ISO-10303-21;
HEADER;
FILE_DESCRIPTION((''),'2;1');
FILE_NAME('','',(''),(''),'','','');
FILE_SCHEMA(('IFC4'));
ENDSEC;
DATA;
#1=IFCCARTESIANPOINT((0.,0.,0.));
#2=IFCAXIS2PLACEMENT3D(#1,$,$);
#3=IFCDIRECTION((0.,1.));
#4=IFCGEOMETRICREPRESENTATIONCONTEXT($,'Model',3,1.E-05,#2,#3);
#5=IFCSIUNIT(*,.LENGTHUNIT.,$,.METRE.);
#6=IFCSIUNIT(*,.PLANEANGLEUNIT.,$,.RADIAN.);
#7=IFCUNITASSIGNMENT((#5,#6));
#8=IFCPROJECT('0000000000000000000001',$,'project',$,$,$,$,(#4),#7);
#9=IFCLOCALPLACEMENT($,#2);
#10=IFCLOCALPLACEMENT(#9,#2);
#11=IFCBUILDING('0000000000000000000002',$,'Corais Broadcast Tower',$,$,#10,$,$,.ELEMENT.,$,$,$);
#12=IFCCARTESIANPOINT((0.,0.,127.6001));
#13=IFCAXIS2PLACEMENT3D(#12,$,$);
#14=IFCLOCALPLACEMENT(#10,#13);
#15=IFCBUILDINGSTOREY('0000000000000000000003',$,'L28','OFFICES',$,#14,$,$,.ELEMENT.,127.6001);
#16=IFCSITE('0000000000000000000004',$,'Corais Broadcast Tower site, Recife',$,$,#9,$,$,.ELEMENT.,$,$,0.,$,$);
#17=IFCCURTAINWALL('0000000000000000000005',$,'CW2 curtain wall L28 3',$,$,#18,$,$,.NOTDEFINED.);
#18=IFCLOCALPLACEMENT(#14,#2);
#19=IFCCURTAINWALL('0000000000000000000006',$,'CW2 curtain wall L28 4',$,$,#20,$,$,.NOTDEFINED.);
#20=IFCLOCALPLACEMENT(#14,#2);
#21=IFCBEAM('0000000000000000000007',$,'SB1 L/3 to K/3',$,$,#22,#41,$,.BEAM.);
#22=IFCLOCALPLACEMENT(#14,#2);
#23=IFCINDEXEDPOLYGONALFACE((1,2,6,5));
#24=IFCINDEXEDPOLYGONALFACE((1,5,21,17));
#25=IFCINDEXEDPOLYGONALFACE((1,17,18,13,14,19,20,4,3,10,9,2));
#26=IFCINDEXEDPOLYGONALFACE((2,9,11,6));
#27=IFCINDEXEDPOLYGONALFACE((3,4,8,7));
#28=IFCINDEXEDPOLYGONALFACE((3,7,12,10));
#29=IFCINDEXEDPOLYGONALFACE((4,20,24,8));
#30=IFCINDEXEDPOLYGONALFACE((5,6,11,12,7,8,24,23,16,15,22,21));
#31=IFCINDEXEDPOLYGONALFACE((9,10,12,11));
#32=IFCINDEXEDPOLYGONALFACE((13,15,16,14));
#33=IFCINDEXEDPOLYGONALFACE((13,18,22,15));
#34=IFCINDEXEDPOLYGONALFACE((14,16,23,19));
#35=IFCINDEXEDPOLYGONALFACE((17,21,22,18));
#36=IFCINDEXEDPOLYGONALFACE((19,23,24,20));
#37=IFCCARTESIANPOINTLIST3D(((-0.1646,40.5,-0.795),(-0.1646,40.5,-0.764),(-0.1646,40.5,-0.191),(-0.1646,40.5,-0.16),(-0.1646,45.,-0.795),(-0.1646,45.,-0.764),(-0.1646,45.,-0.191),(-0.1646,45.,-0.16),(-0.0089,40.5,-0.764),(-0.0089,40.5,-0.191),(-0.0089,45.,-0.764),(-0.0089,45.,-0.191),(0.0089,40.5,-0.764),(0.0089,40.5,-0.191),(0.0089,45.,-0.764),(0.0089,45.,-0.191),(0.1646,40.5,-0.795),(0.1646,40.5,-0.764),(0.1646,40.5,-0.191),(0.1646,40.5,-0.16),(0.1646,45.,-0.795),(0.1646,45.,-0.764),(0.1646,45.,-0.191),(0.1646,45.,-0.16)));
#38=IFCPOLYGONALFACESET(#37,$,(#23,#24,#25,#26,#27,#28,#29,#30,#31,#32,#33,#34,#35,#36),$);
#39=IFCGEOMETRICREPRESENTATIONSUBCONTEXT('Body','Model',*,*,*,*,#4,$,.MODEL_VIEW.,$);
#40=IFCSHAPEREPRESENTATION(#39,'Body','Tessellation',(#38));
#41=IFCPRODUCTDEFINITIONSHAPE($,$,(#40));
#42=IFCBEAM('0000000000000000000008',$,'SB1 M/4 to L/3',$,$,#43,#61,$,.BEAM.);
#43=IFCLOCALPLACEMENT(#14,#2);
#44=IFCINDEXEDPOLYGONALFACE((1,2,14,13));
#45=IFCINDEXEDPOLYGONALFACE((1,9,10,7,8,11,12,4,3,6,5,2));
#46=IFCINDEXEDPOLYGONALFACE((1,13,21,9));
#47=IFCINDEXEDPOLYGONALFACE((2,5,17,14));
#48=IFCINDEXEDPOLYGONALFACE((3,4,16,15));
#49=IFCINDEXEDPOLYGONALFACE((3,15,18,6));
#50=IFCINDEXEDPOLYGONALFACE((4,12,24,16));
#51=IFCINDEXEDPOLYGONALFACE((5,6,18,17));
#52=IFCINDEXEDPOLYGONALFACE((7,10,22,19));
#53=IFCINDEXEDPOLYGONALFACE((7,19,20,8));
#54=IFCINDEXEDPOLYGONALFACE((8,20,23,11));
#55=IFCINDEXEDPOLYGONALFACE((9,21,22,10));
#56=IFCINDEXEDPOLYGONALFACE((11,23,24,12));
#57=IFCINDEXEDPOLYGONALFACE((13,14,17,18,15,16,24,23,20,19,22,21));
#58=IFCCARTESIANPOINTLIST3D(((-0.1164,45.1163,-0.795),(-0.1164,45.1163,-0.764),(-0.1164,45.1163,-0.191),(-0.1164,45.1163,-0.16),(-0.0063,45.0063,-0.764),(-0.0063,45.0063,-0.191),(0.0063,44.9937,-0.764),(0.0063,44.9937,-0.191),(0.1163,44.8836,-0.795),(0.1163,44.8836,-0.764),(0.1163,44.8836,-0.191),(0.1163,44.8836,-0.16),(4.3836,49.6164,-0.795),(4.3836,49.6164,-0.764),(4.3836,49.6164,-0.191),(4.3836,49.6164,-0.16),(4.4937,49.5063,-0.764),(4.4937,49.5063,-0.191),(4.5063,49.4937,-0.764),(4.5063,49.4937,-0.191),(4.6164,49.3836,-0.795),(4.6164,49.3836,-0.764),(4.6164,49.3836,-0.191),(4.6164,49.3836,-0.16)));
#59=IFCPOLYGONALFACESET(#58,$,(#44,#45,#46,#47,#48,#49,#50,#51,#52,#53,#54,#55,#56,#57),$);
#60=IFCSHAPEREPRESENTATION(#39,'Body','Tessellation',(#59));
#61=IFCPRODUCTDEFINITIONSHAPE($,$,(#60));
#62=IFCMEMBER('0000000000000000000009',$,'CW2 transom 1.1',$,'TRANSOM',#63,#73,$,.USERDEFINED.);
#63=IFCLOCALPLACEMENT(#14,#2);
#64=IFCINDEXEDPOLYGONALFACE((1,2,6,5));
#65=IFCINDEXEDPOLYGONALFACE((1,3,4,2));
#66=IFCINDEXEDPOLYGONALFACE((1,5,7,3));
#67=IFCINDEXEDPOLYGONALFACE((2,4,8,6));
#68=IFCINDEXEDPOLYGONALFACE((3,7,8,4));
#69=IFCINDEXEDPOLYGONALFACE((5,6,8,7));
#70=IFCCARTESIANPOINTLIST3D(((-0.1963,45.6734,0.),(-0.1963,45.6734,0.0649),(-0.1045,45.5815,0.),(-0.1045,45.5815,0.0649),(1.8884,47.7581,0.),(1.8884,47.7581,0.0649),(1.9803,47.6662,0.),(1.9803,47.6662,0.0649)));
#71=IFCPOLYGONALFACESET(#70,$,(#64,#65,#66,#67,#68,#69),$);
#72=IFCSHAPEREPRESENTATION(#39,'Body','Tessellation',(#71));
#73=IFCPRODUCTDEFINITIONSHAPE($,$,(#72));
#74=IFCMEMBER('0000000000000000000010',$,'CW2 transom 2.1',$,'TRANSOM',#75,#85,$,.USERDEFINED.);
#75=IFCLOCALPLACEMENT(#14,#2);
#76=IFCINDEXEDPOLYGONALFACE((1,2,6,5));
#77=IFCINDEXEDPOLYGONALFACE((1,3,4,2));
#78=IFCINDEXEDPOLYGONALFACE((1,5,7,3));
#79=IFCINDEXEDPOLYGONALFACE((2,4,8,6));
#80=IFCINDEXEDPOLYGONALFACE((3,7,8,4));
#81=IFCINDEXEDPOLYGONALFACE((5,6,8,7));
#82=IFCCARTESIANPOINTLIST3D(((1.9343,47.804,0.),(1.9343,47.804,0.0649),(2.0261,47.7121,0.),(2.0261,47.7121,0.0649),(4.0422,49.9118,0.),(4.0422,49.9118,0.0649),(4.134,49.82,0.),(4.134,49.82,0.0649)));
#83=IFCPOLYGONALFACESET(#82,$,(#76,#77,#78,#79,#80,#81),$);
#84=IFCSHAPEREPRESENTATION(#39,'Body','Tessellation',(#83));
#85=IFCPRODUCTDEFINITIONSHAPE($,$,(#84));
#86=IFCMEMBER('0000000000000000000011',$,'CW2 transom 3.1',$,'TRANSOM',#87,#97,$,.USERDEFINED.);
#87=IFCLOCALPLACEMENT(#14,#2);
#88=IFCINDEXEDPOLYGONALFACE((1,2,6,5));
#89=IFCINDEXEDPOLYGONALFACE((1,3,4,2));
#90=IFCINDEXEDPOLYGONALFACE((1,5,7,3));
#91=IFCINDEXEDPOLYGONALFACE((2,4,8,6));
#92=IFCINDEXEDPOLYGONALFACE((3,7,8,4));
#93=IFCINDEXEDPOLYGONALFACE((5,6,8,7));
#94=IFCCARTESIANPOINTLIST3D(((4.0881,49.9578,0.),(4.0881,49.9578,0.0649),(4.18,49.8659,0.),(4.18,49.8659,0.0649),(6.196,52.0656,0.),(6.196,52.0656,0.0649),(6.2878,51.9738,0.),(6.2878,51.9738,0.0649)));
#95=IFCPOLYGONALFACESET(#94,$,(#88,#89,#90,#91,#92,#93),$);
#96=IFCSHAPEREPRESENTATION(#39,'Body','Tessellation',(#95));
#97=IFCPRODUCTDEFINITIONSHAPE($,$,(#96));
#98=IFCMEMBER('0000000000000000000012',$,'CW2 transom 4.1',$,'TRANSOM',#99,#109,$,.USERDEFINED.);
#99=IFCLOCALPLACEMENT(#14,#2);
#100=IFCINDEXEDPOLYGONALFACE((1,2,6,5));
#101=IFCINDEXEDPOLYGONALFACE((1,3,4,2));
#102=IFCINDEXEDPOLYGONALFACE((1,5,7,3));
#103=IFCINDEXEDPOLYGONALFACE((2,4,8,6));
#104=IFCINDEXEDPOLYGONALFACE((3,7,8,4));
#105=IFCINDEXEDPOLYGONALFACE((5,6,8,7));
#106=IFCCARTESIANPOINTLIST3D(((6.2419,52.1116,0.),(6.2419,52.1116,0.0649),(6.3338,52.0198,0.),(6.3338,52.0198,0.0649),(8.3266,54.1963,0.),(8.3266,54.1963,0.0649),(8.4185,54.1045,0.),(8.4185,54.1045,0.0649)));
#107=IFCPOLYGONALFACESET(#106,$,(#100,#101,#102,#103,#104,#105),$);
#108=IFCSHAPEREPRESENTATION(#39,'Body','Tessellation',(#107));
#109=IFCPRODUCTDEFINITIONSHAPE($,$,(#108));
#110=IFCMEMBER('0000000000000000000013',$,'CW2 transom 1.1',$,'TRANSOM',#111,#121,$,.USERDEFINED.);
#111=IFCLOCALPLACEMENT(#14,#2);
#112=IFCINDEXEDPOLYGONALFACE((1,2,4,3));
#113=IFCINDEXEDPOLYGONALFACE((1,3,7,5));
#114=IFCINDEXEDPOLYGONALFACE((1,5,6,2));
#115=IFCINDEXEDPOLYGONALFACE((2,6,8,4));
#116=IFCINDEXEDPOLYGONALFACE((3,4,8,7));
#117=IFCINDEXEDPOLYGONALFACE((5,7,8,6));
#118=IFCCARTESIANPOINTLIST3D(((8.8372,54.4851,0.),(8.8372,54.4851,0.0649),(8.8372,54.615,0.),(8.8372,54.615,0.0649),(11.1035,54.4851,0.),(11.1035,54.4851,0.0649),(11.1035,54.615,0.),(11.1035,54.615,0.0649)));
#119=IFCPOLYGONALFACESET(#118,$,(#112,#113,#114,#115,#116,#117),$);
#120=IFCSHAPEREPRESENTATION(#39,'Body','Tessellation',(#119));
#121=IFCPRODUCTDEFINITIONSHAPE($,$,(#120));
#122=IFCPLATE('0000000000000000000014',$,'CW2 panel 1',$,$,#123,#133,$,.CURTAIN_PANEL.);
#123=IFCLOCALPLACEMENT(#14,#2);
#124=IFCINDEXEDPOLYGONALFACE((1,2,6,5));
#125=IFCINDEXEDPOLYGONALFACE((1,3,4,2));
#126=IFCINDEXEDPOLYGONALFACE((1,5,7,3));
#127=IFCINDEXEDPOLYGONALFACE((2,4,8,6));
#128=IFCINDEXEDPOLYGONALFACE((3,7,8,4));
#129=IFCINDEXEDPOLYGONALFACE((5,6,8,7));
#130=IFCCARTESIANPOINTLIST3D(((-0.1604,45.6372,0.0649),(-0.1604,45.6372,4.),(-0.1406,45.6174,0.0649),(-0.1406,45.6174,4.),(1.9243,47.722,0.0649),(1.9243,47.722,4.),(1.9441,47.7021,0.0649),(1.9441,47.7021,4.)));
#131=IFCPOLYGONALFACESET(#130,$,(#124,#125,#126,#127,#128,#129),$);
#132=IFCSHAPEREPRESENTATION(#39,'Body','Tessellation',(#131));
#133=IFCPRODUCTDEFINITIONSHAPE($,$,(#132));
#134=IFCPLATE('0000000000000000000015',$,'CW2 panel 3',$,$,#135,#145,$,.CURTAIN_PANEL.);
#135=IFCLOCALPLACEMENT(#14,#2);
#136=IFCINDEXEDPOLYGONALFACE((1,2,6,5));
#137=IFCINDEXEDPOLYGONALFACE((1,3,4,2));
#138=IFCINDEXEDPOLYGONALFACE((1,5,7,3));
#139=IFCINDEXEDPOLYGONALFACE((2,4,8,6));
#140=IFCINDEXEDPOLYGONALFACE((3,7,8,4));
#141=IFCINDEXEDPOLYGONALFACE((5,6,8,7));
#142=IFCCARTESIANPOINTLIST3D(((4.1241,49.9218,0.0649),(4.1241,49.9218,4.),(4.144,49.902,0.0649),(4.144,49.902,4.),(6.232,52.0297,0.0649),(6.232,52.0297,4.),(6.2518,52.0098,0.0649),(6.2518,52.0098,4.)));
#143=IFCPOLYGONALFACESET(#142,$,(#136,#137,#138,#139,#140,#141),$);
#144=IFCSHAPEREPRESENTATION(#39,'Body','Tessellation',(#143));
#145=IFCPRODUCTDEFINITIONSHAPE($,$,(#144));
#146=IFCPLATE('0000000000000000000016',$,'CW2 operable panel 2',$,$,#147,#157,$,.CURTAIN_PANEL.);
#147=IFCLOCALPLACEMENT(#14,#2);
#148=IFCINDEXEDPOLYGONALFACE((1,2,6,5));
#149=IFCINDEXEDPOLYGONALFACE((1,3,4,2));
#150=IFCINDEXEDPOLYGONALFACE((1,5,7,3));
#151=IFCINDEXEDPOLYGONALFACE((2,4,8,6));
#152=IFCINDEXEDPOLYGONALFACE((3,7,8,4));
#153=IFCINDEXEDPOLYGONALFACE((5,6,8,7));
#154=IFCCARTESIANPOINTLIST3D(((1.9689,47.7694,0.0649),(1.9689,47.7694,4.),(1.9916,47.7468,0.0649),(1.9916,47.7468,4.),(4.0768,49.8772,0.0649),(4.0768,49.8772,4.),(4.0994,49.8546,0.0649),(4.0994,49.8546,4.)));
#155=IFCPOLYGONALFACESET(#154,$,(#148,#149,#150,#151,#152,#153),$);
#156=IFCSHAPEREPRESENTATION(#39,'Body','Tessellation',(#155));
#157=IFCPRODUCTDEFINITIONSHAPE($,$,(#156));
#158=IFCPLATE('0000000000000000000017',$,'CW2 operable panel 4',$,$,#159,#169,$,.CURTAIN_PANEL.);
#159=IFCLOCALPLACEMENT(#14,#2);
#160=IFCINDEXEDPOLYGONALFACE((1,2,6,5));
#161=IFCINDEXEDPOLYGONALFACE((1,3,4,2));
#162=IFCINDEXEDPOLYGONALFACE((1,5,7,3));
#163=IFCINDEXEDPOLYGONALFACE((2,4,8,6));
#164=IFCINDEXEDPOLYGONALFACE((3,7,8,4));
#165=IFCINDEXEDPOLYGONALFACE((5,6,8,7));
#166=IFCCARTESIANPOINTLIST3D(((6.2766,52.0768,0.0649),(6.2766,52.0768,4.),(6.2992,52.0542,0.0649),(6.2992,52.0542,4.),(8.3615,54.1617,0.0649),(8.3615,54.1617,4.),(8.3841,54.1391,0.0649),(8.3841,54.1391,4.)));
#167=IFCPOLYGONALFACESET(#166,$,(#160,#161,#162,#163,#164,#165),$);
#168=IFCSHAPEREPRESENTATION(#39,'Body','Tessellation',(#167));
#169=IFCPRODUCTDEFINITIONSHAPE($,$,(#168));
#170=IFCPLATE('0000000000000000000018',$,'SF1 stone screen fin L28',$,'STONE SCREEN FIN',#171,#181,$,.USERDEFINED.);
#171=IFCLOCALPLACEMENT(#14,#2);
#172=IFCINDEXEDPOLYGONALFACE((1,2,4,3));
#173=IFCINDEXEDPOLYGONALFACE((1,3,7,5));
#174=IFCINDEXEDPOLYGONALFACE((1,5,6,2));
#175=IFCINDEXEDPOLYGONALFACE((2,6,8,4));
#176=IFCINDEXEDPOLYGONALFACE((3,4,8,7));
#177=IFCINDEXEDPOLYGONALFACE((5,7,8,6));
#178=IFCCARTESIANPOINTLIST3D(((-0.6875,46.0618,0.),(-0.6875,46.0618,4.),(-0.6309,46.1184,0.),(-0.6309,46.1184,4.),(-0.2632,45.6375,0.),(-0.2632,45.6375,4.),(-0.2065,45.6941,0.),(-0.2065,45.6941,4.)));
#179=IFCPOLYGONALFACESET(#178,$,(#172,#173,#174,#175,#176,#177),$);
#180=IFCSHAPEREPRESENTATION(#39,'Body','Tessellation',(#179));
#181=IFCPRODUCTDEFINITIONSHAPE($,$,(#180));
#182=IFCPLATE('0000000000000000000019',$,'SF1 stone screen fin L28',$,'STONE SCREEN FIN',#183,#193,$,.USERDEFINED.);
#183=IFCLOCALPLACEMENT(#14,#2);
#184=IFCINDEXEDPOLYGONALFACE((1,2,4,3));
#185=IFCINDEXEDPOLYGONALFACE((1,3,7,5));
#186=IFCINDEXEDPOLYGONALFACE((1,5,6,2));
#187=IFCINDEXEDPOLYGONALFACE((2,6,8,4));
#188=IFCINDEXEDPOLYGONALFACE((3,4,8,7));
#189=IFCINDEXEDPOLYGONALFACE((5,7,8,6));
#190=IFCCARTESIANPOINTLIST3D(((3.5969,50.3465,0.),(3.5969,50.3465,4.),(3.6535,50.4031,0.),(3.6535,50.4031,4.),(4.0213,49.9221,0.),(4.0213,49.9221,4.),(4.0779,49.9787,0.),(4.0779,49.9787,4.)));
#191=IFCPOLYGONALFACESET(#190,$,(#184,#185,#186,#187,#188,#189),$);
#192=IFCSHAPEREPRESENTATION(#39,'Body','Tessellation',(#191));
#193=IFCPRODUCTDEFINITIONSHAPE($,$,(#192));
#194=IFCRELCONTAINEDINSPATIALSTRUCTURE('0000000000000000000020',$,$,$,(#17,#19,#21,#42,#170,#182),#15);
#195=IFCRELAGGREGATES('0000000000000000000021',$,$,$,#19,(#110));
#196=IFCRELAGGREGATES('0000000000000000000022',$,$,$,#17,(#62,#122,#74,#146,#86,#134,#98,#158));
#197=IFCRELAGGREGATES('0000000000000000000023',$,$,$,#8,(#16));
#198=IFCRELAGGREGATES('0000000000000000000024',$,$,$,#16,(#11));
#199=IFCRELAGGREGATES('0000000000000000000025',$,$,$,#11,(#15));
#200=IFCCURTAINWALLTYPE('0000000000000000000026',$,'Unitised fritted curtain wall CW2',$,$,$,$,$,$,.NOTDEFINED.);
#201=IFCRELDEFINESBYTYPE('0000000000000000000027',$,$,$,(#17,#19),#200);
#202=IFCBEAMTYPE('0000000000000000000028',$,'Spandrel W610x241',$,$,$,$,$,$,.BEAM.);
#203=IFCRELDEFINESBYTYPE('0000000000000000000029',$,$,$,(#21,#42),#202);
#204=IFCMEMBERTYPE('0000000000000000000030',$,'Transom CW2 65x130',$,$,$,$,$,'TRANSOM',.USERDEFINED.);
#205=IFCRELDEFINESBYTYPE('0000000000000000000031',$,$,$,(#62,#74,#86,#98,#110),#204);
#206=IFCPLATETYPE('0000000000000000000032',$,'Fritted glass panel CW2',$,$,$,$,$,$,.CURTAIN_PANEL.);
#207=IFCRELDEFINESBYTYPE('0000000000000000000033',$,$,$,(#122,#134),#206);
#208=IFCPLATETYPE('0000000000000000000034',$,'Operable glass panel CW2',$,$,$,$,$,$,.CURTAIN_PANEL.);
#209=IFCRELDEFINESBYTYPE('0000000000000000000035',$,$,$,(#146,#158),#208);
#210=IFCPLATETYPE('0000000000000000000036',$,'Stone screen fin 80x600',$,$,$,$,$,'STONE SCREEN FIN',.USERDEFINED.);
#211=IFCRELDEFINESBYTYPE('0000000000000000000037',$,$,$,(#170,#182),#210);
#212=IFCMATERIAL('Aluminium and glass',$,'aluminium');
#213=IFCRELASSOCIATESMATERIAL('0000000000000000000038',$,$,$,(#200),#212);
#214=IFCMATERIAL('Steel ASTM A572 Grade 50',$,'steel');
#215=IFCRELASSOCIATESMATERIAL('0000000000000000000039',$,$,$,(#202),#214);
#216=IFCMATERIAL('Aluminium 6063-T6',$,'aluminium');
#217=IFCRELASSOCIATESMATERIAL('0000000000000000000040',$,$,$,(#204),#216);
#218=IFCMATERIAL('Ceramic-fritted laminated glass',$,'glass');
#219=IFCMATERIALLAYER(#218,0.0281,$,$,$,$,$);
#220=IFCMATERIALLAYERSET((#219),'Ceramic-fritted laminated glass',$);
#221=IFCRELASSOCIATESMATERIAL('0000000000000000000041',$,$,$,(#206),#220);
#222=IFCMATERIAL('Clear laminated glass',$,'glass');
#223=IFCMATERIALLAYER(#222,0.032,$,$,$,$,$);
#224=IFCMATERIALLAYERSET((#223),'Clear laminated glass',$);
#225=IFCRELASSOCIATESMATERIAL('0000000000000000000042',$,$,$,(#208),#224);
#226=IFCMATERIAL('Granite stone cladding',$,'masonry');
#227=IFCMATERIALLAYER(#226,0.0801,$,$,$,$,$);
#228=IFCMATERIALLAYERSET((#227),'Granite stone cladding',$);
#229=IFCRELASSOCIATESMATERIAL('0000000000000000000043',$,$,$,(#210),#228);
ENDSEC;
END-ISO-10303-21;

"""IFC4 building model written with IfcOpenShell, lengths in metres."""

from ifc_helpers import new_model, si_unit, direction, frame, origin, origin_2d, place, context, subcontext, project, spatial, rectangle, i_section, extrude, material, layer, layer_set, material_profile, profile_set, type_object, element, aggregate, save


model = new_model("IFC4")

# Units and contexts
model_context = context("Model", 3, precision=1e-05, world=origin(), true_north=direction((0.0, 1.0)))
body_context = subcontext(model_context, "Body", "Model", "MODEL_VIEW")
ifc_project = project(units=[si_unit("LENGTHUNIT", "METRE"), si_unit("PLANEANGLEUNIT", "RADIAN")], contexts=[model_context])

# Site, building, storey
site_placement = place(None, origin())
site = spatial("IfcSite", under=ifc_project, at=site_placement, Name="Corais Broadcast Tower site, Recife", CompositionType="ELEMENT", RefElevation=0.0)
building_placement = place(site_placement, origin())
building = spatial("IfcBuilding", under=site, at=building_placement, Name="Corais Broadcast Tower", CompositionType="ELEMENT")
storey_placement = place(building_placement, frame((0.0, 0.0, 127.6001)))
storey = spatial("IfcBuildingStorey", under=building, at=storey_placement, Name="L28", Description="OFFICES", CompositionType="ELEMENT", Elevation=127.6001)

# Shared definitions
ifc_material_1 = material(Name="Aluminium and glass", Category="aluminium")
curtain_wall_type = type_object("IfcCurtainWallType", Name="Unitised fritted curtain wall CW2", PredefinedType="NOTDEFINED", material=ifc_material_1)

# Curtain wall
curtain_wall_1_placement = place(storey_placement, origin())
curtain_wall_1 = element("IfcCurtainWall", 1, at=curtain_wall_1_placement, inside=storey, type_object=curtain_wall_type, Name="CW2 curtain wall L28 3", PredefinedType="NOTDEFINED")

# Curtain wall
curtain_wall_2_placement = place(storey_placement, origin())
curtain_wall_2 = element("IfcCurtainWall", 2, at=curtain_wall_2_placement, inside=storey, type_object=curtain_wall_type, Name="CW2 curtain wall L28 4", PredefinedType="NOTDEFINED")

# Beams
ifc_material_2 = material(Name="Steel ASTM A572 Grade 50", Category="steel")
ifc_material_profile_1 = material_profile(ifc_material_2, i_section(OverallWidth=0.3291, OverallDepth=0.635, WebThickness=0.0178, FlangeThickness=0.031, at=origin_2d()), Name="W610x241")
ifc_profile_set_1 = profile_set([ifc_material_profile_1], Name="Steel ASTM A572 Grade 50")
beam_type_1 = type_object("IfcBeamType", Name="Spandrel W610x241", PredefinedType="BEAM", material=ifc_profile_set_1)
beam_1_placement = place(storey_placement, frame((0.0, 45.0, -0.4775), z_axis=(0.0, -1.0, 0.0), x_axis=(1.0, 0.0, 0.0)))
element("IfcBeam", 3, at=beam_1_placement, inside=storey, type_object=beam_type_1, Name="SB1 L/3 to K/3", PredefinedType="BEAM", context=body_context, shape_type="SweptSolid", body=[
    extrude(i_section(OverallWidth=0.3291, OverallDepth=0.635, WebThickness=0.0178, FlangeThickness=0.031, at=origin_2d()), origin(), (0.0, 0.0, 1.0), 4.5),
])
beam_2_placement = place(storey_placement, frame((4.5, 49.5, -0.4775), z_axis=(-0.707107, -0.707107, 0.0), x_axis=(0.707107, -0.707107, 0.0)))
element("IfcBeam", 4, at=beam_2_placement, inside=storey, type_object=beam_type_1, Name="SB1 M/4 to L/3", PredefinedType="BEAM", context=body_context, shape_type="SweptSolid", body=[
    extrude(i_section(OverallWidth=0.3291, OverallDepth=0.635, WebThickness=0.0178, FlangeThickness=0.031, at=origin_2d()), origin(), (0.0, 0.0, 1.0), 6.364),
])

# Members
ifc_material_3 = material(Name="Aluminium 6063-T6", Category="aluminium")
ifc_material_profile_2 = material_profile(ifc_material_3, rectangle(XDim=0.1299, YDim=0.0649, at=origin_2d()), Name="Transom CW2 65x130")
ifc_profile_set_2 = profile_set([ifc_material_profile_2], Name="Aluminium 6063-T6")
member_type_1 = type_object("IfcMemberType", Name="Transom CW2 65x130", ElementType="TRANSOM", PredefinedType="USERDEFINED", material=ifc_profile_set_2)
member_1_placement = place(storey_placement, frame((-0.1504, 45.6274, 0.0325), z_axis=(0.707107, 0.707107, 0.0), x_axis=(-0.707107, 0.707107, 0.0)))
member_1 = element("IfcMember", 5, at=member_1_placement, type_object=member_type_1, Name="CW2 transom 1.1", ObjectType="TRANSOM", PredefinedType="USERDEFINED", context=body_context, shape_type="SweptSolid", body=[
    extrude(rectangle(XDim=0.1299, YDim=0.0649, at=origin_2d()), origin(), (0.0, 0.0, 1.0), 2.9482),
])
member_2_placement = place(storey_placement, frame((1.9802, 47.7581, 0.0325), z_axis=(0.707107, 0.707107, 0.0), x_axis=(-0.707107, 0.707107, 0.0)))
member_2 = element("IfcMember", 6, at=member_2_placement, type_object=member_type_1, Name="CW2 transom 2.1", ObjectType="TRANSOM", PredefinedType="USERDEFINED", context=body_context, shape_type="SweptSolid", body=[
    extrude(rectangle(XDim=0.1299, YDim=0.0649, at=origin_2d()), origin(), (0.0, 0.0, 1.0), 2.981),
])
member_3_placement = place(storey_placement, frame((4.134, 49.9119, 0.0325), z_axis=(0.707107, 0.707107, 0.0), x_axis=(-0.707107, 0.707107, 0.0)))
member_3 = element("IfcMember", 7, at=member_3_placement, type_object=member_type_1, Name="CW2 transom 3.1", ObjectType="TRANSOM", PredefinedType="USERDEFINED", context=body_context, shape_type="SweptSolid", body=[
    extrude(rectangle(XDim=0.1299, YDim=0.0649, at=origin_2d()), origin(), (0.0, 0.0, 1.0), 2.981),
])
member_4_placement = place(storey_placement, frame((6.2878, 52.0657, 0.0325), z_axis=(0.707107, 0.707107, 0.0), x_axis=(-0.707107, 0.707107, 0.0)))
member_4 = element("IfcMember", 8, at=member_4_placement, type_object=member_type_1, Name="CW2 transom 4.1", ObjectType="TRANSOM", PredefinedType="USERDEFINED", context=body_context, shape_type="SweptSolid", body=[
    extrude(rectangle(XDim=0.1299, YDim=0.0649, at=origin_2d()), origin(), (0.0, 0.0, 1.0), 2.9482),
])
member_5_placement = place(storey_placement, frame((8.8372, 54.55, 0.0325), z_axis=(1.0, 0.0, 0.0), x_axis=(0.0, 1.0, 0.0)))
member_5 = element("IfcMember", 9, at=member_5_placement, type_object=member_type_1, Name="CW2 transom 1.1", ObjectType="TRANSOM", PredefinedType="USERDEFINED", context=body_context, shape_type="SweptSolid", body=[
    extrude(rectangle(XDim=0.1299, YDim=0.0649, at=origin_2d()), origin(), (0.0, 0.0, 1.0), 2.2664),
])
aggregate(curtain_wall_2, [member_5])

# Plates
ifc_material_4 = material(Name="Ceramic-fritted laminated glass", Category="glass")
ifc_layer_1 = layer(ifc_material_4, 0.0281)
ifc_layer_set_1 = layer_set([ifc_layer_1], Name="Ceramic-fritted laminated glass")
plate_type_1 = type_object("IfcPlateType", Name="Fritted glass panel CW2", PredefinedType="CURTAIN_PANEL", material=ifc_layer_set_1)
plate_1_placement = place(storey_placement, frame((0.8918, 46.6697, 0.0649), z_axis=(0.0, 0.0, 1.0), x_axis=(0.707107, 0.707107, 0.0)))
plate_1 = element("IfcPlate", 10, at=plate_1_placement, type_object=plate_type_1, Name="CW2 panel 1", PredefinedType="CURTAIN_PANEL", context=body_context, shape_type="SweptSolid", body=[
    extrude(rectangle(XDim=2.9482, YDim=0.0281, at=origin_2d()), origin(), (0.0, 0.0, 1.0), 3.9351),
])
plate_2_placement = place(storey_placement, frame((5.188, 50.9658, 0.0649), z_axis=(0.0, 0.0, 1.0), x_axis=(0.707107, 0.707107, 0.0)))
plate_2 = element("IfcPlate", 11, at=plate_2_placement, type_object=plate_type_1, Name="CW2 panel 3", PredefinedType="CURTAIN_PANEL", context=body_context, shape_type="SweptSolid", body=[
    extrude(rectangle(XDim=2.981, YDim=0.0281, at=origin_2d()), origin(), (0.0, 0.0, 1.0), 3.9351),
])
ifc_material_5 = material(Name="Clear laminated glass", Category="glass")
ifc_layer_2 = layer(ifc_material_5, 0.032)
ifc_layer_set_2 = layer_set([ifc_layer_2], Name="Clear laminated glass")
plate_type_2 = type_object("IfcPlateType", Name="Operable glass panel CW2", PredefinedType="CURTAIN_PANEL", material=ifc_layer_set_2)
plate_3_placement = place(storey_placement, frame((3.0342, 48.812, 0.0649), z_axis=(0.0, 0.0, 1.0), x_axis=(0.707107, 0.707107, 0.0)))
plate_3 = element("IfcPlate", 12, at=plate_3_placement, type_object=plate_type_2, Name="CW2 operable panel 2", PredefinedType="CURTAIN_PANEL", context=body_context, shape_type="SweptSolid", body=[
    extrude(rectangle(XDim=2.981, YDim=0.032, at=origin_2d()), origin(), (0.0, 0.0, 1.0), 3.9351),
])
plate_4_placement = place(storey_placement, frame((7.3303, 53.1079, 0.0649), z_axis=(0.0, 0.0, 1.0), x_axis=(0.707107, 0.707107, 0.0)))
plate_4 = element("IfcPlate", 13, at=plate_4_placement, type_object=plate_type_2, Name="CW2 operable panel 4", PredefinedType="CURTAIN_PANEL", context=body_context, shape_type="SweptSolid", body=[
    extrude(rectangle(XDim=2.9485, YDim=0.032, at=origin_2d()), origin(), (0.0, 0.0, 1.0), 3.9351),
])
aggregate(curtain_wall_1, [member_1, plate_1, member_2, plate_3, member_3, plate_2, member_4, plate_4])

# Plates
ifc_material_6 = material(Name="Granite stone cladding", Category="masonry")
ifc_layer_3 = layer(ifc_material_6, 0.0801)
ifc_layer_set_3 = layer_set([ifc_layer_3], Name="Granite stone cladding")
plate_type_3 = type_object("IfcPlateType", Name="Stone screen fin 80x600", ElementType="STONE SCREEN FIN", PredefinedType="USERDEFINED", material=ifc_layer_set_3)
for number, where, z_axis, x_axis, name in (
    (14, (-0.447, 45.8779, 0.0), (0.0, 0.0, 1.0), (0.707107, 0.707107, 0.0), "SF1 stone screen fin L28"),
    (15, (3.8374, 50.1626, 0.0), (0.0, 0.0, 1.0), (0.707107, 0.707107, 0.0), "SF1 stone screen fin L28"),
):
    element("IfcPlate", number, at=place(storey_placement, frame(where, z_axis=z_axis, x_axis=x_axis)), inside=storey, type_object=plate_type_3, Name=name, ObjectType="STONE SCREEN FIN", PredefinedType="USERDEFINED", context=body_context, shape_type="SweptSolid", body=[
        extrude(rectangle(XDim=0.0801, YDim=0.6001, at=origin_2d()), origin(), (0.0, 0.0, 1.0), 4.0),
    ])

save(model, "model.ifc")
